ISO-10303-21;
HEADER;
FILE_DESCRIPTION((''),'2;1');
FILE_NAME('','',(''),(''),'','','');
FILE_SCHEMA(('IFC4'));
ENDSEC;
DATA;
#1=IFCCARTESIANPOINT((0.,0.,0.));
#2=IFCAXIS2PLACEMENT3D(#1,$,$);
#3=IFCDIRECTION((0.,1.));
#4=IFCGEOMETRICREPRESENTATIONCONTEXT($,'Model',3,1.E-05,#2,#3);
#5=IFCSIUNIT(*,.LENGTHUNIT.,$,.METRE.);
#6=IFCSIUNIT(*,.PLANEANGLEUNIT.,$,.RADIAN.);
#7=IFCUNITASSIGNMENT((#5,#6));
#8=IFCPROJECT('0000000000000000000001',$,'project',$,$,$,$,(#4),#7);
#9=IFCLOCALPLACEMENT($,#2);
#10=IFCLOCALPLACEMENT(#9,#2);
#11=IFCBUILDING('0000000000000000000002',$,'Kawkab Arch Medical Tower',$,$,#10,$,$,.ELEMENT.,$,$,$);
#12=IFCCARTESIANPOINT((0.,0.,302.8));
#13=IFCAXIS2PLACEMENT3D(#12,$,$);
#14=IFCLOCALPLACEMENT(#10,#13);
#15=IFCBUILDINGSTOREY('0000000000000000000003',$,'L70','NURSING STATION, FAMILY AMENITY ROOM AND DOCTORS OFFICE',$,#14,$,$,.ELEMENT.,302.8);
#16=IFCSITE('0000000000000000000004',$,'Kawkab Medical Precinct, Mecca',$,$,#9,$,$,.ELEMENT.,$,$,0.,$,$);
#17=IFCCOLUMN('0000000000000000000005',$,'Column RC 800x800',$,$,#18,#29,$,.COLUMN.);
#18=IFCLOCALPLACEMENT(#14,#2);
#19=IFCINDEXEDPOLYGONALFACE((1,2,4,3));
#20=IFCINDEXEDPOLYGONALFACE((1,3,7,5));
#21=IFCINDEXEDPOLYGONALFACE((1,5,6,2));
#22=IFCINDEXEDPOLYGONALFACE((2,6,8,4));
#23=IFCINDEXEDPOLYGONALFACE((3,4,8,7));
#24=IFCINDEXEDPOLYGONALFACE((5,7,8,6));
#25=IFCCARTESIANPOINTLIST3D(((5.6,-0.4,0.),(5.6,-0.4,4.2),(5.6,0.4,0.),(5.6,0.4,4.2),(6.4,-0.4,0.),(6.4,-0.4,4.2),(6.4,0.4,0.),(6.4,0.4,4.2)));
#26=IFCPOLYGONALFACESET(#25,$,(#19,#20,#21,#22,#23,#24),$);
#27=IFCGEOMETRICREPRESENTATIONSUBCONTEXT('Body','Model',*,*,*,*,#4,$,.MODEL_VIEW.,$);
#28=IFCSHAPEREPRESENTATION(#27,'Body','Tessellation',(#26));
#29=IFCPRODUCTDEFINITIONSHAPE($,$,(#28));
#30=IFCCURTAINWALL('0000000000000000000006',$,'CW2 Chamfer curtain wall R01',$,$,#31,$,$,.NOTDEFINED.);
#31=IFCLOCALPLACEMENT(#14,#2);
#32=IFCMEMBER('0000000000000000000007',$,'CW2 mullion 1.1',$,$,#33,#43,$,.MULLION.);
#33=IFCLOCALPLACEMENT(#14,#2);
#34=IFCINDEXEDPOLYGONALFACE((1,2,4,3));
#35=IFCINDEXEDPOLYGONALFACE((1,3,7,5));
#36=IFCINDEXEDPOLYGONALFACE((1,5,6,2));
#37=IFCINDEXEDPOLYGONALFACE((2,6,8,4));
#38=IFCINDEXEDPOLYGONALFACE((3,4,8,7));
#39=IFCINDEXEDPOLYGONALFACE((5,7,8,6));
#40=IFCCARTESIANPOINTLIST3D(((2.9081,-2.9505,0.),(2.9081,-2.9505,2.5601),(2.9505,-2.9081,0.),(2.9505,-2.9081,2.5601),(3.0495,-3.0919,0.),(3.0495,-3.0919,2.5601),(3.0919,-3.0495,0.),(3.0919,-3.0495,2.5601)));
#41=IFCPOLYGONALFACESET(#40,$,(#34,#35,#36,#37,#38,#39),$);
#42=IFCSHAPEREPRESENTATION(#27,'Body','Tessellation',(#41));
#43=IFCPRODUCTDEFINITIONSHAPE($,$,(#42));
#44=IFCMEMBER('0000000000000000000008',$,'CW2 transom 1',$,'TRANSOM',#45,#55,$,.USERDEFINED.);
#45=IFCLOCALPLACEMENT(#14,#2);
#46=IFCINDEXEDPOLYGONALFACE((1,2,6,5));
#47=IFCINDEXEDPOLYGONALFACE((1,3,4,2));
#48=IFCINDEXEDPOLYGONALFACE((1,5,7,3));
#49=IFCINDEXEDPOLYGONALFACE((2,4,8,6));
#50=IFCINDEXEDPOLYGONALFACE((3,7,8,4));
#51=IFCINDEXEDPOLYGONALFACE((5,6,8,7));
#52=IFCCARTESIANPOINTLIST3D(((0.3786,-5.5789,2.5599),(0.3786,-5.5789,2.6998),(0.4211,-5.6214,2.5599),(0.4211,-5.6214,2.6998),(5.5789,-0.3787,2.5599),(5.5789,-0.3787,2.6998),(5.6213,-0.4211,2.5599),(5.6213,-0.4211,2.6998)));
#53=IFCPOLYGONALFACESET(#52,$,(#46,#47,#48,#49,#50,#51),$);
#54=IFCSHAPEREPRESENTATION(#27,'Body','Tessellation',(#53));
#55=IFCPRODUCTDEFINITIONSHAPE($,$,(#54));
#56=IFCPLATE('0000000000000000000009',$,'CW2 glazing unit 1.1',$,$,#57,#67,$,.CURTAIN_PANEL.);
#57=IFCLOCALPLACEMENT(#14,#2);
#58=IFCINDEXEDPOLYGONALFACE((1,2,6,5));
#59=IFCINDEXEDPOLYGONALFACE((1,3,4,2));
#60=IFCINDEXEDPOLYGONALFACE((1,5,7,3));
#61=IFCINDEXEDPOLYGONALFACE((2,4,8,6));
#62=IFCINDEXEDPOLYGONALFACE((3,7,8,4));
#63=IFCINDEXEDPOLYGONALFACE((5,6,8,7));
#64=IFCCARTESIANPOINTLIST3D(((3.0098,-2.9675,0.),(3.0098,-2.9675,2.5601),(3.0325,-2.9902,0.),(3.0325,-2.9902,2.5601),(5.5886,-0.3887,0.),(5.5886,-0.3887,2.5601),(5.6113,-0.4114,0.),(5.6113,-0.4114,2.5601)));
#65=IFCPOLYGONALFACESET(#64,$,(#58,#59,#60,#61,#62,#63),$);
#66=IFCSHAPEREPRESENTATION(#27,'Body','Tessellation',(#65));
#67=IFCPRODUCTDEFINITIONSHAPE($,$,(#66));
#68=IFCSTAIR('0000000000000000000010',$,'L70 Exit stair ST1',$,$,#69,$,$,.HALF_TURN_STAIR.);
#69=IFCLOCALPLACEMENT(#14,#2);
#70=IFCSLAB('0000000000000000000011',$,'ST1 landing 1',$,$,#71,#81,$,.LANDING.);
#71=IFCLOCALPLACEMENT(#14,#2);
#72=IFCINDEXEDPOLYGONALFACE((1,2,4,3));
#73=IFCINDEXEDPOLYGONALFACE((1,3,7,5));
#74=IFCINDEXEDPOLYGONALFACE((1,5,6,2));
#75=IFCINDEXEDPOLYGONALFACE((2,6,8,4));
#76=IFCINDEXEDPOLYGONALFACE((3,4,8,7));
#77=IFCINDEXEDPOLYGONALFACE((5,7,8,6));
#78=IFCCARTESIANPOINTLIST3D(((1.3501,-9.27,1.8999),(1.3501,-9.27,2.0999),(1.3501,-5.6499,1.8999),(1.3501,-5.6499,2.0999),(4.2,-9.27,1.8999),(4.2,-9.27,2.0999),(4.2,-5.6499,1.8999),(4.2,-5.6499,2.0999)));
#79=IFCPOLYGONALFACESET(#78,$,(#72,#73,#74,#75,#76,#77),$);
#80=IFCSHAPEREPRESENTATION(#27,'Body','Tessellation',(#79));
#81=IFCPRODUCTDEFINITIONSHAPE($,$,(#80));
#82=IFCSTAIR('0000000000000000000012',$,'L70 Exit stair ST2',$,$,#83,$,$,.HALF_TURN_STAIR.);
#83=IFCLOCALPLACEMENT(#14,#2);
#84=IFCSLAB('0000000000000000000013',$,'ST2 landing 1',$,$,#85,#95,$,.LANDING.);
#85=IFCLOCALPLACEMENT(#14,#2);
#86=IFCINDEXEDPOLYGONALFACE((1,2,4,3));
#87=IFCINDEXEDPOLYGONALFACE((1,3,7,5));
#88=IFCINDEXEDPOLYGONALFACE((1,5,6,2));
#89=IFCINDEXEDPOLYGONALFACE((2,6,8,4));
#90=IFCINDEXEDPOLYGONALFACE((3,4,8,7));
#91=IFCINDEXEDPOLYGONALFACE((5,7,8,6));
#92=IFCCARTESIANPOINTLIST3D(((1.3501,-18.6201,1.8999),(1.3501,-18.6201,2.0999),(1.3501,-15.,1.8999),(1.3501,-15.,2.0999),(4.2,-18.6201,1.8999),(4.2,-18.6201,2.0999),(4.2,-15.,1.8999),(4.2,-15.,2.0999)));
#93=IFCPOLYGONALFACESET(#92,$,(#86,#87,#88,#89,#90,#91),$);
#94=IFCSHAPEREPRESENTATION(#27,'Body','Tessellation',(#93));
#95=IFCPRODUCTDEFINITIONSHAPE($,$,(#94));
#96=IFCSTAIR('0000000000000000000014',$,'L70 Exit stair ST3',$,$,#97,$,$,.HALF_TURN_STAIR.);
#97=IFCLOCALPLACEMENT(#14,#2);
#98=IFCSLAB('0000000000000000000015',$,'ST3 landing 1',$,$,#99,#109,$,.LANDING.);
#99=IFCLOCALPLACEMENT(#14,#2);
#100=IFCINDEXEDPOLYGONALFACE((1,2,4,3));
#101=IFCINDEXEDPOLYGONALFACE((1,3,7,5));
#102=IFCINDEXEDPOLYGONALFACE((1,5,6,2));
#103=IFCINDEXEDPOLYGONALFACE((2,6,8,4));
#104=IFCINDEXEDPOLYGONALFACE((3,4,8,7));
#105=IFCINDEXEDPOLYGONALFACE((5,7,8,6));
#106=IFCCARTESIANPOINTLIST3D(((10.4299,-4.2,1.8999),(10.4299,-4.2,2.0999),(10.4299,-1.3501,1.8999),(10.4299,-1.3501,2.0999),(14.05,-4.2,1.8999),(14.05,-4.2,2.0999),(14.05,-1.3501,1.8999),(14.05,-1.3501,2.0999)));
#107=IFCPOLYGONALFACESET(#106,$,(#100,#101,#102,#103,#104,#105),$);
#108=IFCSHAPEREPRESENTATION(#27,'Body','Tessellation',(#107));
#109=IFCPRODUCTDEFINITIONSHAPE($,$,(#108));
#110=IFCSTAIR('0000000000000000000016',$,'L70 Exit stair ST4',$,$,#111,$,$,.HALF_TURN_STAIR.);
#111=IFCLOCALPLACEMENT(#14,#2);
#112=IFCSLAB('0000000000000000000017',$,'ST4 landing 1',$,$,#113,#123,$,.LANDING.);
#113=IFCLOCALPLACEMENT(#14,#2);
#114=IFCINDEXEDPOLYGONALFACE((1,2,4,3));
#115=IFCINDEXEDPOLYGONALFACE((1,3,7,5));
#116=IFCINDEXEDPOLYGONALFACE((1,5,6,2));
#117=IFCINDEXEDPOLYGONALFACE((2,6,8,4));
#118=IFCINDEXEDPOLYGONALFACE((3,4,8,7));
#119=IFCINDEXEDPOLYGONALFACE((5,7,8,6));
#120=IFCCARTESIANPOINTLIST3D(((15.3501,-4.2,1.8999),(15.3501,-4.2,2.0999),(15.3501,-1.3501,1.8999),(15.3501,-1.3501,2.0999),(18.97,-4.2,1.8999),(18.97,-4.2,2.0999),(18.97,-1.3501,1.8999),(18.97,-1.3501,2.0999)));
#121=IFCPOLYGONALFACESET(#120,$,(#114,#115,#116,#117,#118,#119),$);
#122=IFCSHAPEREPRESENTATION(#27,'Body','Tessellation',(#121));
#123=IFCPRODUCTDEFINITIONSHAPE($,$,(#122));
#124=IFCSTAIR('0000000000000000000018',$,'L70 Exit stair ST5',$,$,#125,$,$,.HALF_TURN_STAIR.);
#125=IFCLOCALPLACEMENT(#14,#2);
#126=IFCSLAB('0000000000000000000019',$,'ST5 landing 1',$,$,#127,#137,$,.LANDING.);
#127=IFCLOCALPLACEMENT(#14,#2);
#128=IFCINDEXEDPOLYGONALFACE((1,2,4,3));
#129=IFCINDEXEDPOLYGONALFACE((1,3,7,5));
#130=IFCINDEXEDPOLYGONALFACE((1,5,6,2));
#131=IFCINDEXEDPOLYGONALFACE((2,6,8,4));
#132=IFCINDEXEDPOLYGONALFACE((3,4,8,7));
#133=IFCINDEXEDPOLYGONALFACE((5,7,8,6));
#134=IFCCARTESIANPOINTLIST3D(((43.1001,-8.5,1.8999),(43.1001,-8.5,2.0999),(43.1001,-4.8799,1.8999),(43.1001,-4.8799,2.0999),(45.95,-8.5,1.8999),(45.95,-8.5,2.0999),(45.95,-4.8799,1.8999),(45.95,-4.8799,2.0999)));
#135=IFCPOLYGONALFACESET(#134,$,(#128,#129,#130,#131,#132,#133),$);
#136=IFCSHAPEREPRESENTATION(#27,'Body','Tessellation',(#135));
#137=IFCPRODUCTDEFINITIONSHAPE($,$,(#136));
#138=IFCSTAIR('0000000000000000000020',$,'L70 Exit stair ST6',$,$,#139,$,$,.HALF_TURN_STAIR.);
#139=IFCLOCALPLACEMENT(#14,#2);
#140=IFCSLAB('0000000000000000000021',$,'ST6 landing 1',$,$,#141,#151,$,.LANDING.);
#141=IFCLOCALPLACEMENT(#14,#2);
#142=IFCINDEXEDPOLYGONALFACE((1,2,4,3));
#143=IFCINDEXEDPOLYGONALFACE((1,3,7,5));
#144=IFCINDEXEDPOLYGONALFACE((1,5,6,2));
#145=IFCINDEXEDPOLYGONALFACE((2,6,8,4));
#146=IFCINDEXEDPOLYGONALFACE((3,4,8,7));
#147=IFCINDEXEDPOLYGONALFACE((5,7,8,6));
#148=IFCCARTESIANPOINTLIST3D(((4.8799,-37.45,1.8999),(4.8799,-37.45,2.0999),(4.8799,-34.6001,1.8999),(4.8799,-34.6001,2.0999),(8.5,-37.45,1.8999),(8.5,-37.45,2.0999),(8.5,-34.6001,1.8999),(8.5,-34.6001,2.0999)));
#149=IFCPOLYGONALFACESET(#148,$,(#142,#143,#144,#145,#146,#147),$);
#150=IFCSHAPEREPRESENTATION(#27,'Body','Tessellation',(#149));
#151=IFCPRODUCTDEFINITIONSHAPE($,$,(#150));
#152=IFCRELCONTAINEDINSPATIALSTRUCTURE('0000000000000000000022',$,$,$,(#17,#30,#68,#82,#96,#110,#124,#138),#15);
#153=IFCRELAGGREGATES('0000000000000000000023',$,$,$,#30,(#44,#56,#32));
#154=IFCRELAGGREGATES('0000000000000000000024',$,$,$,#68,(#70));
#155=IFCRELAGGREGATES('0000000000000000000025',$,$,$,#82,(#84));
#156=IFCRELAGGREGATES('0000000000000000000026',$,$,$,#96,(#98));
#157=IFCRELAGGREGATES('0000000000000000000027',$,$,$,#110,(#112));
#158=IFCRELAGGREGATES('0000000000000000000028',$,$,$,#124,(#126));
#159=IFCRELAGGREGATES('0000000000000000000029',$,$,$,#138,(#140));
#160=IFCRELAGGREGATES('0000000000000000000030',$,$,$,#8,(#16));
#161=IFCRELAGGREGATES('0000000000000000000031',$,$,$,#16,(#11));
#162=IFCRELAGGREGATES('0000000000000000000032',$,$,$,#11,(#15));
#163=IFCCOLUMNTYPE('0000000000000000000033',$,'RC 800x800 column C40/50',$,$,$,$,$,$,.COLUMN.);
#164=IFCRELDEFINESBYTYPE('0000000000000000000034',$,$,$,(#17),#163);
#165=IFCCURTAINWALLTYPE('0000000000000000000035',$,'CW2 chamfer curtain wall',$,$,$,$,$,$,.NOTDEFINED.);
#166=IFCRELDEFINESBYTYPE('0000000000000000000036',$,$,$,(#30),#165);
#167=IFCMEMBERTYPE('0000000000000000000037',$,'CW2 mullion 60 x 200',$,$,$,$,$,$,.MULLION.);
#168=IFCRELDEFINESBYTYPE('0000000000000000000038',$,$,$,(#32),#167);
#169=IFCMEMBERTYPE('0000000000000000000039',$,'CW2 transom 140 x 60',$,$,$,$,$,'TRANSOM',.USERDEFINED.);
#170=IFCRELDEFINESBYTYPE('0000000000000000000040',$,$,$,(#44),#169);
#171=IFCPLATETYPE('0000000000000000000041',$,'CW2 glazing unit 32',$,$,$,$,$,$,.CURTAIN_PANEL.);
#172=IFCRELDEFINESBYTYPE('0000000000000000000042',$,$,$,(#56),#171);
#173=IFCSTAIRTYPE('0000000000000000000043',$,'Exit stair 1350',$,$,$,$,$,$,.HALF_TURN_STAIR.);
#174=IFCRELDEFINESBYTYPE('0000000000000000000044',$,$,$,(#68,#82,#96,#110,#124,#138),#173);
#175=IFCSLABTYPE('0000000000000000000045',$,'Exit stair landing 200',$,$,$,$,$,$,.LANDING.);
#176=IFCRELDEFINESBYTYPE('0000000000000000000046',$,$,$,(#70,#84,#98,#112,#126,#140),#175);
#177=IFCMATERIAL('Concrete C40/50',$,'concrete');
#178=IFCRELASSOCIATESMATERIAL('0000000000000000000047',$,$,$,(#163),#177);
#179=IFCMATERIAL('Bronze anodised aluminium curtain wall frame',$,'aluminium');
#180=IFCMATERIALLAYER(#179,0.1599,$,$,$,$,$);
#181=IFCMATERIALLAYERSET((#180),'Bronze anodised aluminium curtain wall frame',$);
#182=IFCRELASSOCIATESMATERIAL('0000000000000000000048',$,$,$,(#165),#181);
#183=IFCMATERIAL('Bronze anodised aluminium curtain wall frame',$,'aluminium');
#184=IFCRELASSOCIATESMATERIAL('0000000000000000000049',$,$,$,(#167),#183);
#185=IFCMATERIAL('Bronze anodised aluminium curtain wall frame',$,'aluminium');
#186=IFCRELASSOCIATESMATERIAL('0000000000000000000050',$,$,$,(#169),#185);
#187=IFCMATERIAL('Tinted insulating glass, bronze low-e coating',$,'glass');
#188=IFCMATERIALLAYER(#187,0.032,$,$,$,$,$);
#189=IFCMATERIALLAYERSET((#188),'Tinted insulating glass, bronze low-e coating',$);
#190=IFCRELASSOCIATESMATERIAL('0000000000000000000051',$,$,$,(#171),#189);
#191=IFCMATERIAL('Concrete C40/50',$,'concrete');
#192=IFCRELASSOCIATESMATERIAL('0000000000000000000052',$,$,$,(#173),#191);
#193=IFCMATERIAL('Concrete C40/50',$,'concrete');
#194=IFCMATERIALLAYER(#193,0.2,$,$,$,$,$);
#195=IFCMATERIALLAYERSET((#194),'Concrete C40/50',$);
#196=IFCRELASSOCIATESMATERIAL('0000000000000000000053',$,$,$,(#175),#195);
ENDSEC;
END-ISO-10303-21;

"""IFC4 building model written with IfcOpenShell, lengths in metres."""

from ifc_helpers import new_model, si_unit, direction, frame, origin, origin_2d, place, context, subcontext, project, spatial, polyline, rectangle, outline, extrude, material, layer, layer_set, material_profile, profile_set, type_object, element, aggregate, save


model = new_model("IFC4")

# Units and contexts
model_context = context("Model", 3, precision=1e-05, world=origin(), true_north=direction((0.0, 1.0)))
body_context = subcontext(model_context, "Body", "Model", "MODEL_VIEW")
ifc_project = project(units=[si_unit("LENGTHUNIT", "METRE"), si_unit("PLANEANGLEUNIT", "RADIAN")], contexts=[model_context])

# Site, building, storey
site_placement = place(None, origin())
site = spatial("IfcSite", under=ifc_project, at=site_placement, Name="Kawkab Medical Precinct, Mecca", CompositionType="ELEMENT", RefElevation=0.0)
building_placement = place(site_placement, origin())
building = spatial("IfcBuilding", under=site, at=building_placement, Name="Kawkab Arch Medical Tower", CompositionType="ELEMENT")
storey_placement = place(building_placement, frame((0.0, 0.0, 302.8)))
storey = spatial("IfcBuildingStorey", under=building, at=storey_placement, Name="L70", Description="NURSING STATION, FAMILY AMENITY ROOM AND DOCTORS OFFICE", CompositionType="ELEMENT", Elevation=302.8)

# Column
ifc_material_1 = material(Name="Concrete C40/50", Category="concrete")
ifc_material_profile_1 = material_profile(ifc_material_1, rectangle(XDim=0.8, YDim=0.8, at=origin_2d()), Name="RC 800x800")
ifc_profile_set_1 = profile_set([ifc_material_profile_1], Name="Concrete C40/50")
column_type = type_object("IfcColumnType", Name="RC 800x800 column C40/50", PredefinedType="COLUMN", material=ifc_profile_set_1)
column_placement = place(storey_placement, frame((6.0, 0.0, 0.0), z_axis=(0.0, 0.0, 1.0), x_axis=(1.0, 0.0, 0.0)))
element("IfcColumn", 1, at=column_placement, inside=storey, type_object=column_type, Name="Column RC 800x800", PredefinedType="COLUMN", context=body_context, shape_type="SweptSolid", body=[
    extrude(rectangle(XDim=0.8, YDim=0.8, at=origin_2d()), origin(), (0.0, 0.0, 1.0), 4.2),
])

# Curtain wall, members, plate
ifc_material_2 = material(Name="Bronze anodised aluminium curtain wall frame", Category="aluminium")
ifc_layer_1 = layer(ifc_material_2, 0.1599)
ifc_layer_set_1 = layer_set([ifc_layer_1], Name="Bronze anodised aluminium curtain wall frame")
curtain_wall_type = type_object("IfcCurtainWallType", Name="CW2 chamfer curtain wall", PredefinedType="NOTDEFINED", material=ifc_layer_set_1)
placement_1 = place(storey_placement, origin())
curtain_wall = element("IfcCurtainWall", 2, at=placement_1, inside=storey, type_object=curtain_wall_type, Name="CW2 Chamfer curtain wall R01", PredefinedType="NOTDEFINED")
ifc_material_3 = material(Name="Bronze anodised aluminium curtain wall frame", Category="aluminium")
ifc_material_profile_2 = material_profile(ifc_material_3, rectangle(XDim=0.2, YDim=0.0601, at=origin_2d()), Name="AL 60x200")
ifc_profile_set_2 = profile_set([ifc_material_profile_2], Name="Bronze anodised aluminium curtain wall frame")
member_type_1 = type_object("IfcMemberType", Name="CW2 mullion 60 x 200", PredefinedType="MULLION", material=ifc_profile_set_2)
member_1_placement = place(storey_placement, frame((3.0, -3.0, 0.0), z_axis=(0.0, 0.0, 1.0), x_axis=(0.707107, -0.707107, 0.0)))
member_1 = element("IfcMember", 3, at=member_1_placement, type_object=member_type_1, Name="CW2 mullion 1.1", PredefinedType="MULLION", context=body_context, shape_type="SweptSolid", body=[
    extrude(rectangle(XDim=0.2, YDim=0.0601, at=origin_2d()), origin(), (0.0, 0.0, 1.0), 2.5601),
])
ifc_material_4 = material(Name="Bronze anodised aluminium curtain wall frame", Category="aluminium")
ifc_material_profile_3 = material_profile(ifc_material_4, rectangle(XDim=0.0601, YDim=0.1399, at=origin_2d()), Name="AL 60x140")
ifc_profile_set_3 = profile_set([ifc_material_profile_3], Name="Bronze anodised aluminium curtain wall frame")
member_type_2 = type_object("IfcMemberType", Name="CW2 transom 140 x 60", ElementType="TRANSOM", PredefinedType="USERDEFINED", material=ifc_profile_set_3)
member_2_placement = place(storey_placement, frame((5.6001, -0.3999, 2.6299), z_axis=(-0.707107, -0.707107, 0.0), x_axis=(0.707107, -0.707107, 0.0)))
member_2 = element("IfcMember", 4, at=member_2_placement, type_object=member_type_2, Name="CW2 transom 1", ObjectType="TRANSOM", PredefinedType="USERDEFINED", context=body_context, shape_type="SweptSolid", body=[
    extrude(rectangle(XDim=0.0601, YDim=0.1399, at=origin_2d()), origin(), (0.0, 0.0, 1.0), 7.3542),
])
ifc_material_5 = material(Name="Tinted insulating glass, bronze low-e coating", Category="glass")
ifc_layer_2 = layer(ifc_material_5, 0.032)
ifc_layer_set_2 = layer_set([ifc_layer_2], Name="Tinted insulating glass, bronze low-e coating")
plate_type = type_object("IfcPlateType", Name="CW2 glazing unit 32", PredefinedType="CURTAIN_PANEL", material=ifc_layer_set_2)
plate_placement = place(storey_placement, frame((4.3105, -1.6895, 0.0), z_axis=(0.0, 0.0, 1.0), x_axis=(-0.707107, -0.707107, 0.0)))
plate = element("IfcPlate", 5, at=plate_placement, type_object=plate_type, Name="CW2 glazing unit 1.1", PredefinedType="CURTAIN_PANEL", context=body_context, shape_type="SweptSolid", body=[
    extrude(rectangle(XDim=3.647, YDim=0.032, at=origin_2d()), origin(), (0.0, 0.0, 1.0), 2.5601),
])
aggregate(curtain_wall, [member_2, plate, member_1])

# Stairs, slabs
ifc_material_6 = material(Name="Concrete C40/50", Category="concrete")
stair_type = type_object("IfcStairType", Name="Exit stair 1350", PredefinedType="HALF_TURN_STAIR", material=ifc_material_6)
stair_1 = element("IfcStair", 6, at=placement_1, inside=storey, type_object=stair_type, Name="L70 Exit stair ST1", PredefinedType="HALF_TURN_STAIR")
ifc_material_7 = material(Name="Concrete C40/50", Category="concrete")
ifc_layer_3 = layer(ifc_material_7, 0.2)
ifc_layer_set_3 = layer_set([ifc_layer_3], Name="Concrete C40/50")
slab_type_1 = type_object("IfcSlabType", Name="Exit stair landing 200", PredefinedType="LANDING", material=ifc_layer_set_3)
placement_2 = place(storey_placement, frame((0.0, 0.0, 1.8999)))
slab_1 = element("IfcSlab", 7, at=placement_2, type_object=slab_type_1, Name="ST1 landing 1", PredefinedType="LANDING", context=body_context, shape_type="SweptSolid", body=[
    extrude(outline(polyline([(4.2, -9.27), (4.2, -5.6499), (1.3501, -5.6499), (1.3501, -9.27), (4.2, -9.27)])), origin(), (0.0, 0.0, 1.0), 0.2),
])
aggregate(stair_1, [slab_1])
stair_2 = element("IfcStair", 8, at=placement_1, inside=storey, type_object=stair_type, Name="L70 Exit stair ST2", PredefinedType="HALF_TURN_STAIR")
slab_2 = element("IfcSlab", 9, at=placement_2, type_object=slab_type_1, Name="ST2 landing 1", PredefinedType="LANDING", context=body_context, shape_type="SweptSolid", body=[
    extrude(outline(polyline([(4.2, -18.6201), (4.2, -15.0), (1.3501, -15.0), (1.3501, -18.6201), (4.2, -18.6201)])), origin(), (0.0, 0.0, 1.0), 0.2),
])
aggregate(stair_2, [slab_2])
stair_3 = element("IfcStair", 10, at=placement_1, inside=storey, type_object=stair_type, Name="L70 Exit stair ST3", PredefinedType="HALF_TURN_STAIR")
slab_3 = element("IfcSlab", 11, at=placement_2, type_object=slab_type_1, Name="ST3 landing 1", PredefinedType="LANDING", context=body_context, shape_type="SweptSolid", body=[
    extrude(outline(polyline([(10.4299, -4.2), (14.05, -4.2), (14.05, -1.3501), (10.4299, -1.3501), (10.4299, -4.2)])), origin(), (0.0, 0.0, 1.0), 0.2),
])
aggregate(stair_3, [slab_3])
stair_4 = element("IfcStair", 12, at=placement_1, inside=storey, type_object=stair_type, Name="L70 Exit stair ST4", PredefinedType="HALF_TURN_STAIR")
slab_4 = element("IfcSlab", 13, at=placement_2, type_object=slab_type_1, Name="ST4 landing 1", PredefinedType="LANDING", context=body_context, shape_type="SweptSolid", body=[
    extrude(outline(polyline([(18.97, -1.3501), (15.3501, -1.3501), (15.3501, -4.2), (18.97, -4.2), (18.97, -1.3501)])), origin(), (0.0, 0.0, 1.0), 0.2),
])
aggregate(stair_4, [slab_4])
stair_5 = element("IfcStair", 14, at=placement_1, inside=storey, type_object=stair_type, Name="L70 Exit stair ST5", PredefinedType="HALF_TURN_STAIR")
slab_5 = element("IfcSlab", 15, at=placement_2, type_object=slab_type_1, Name="ST5 landing 1", PredefinedType="LANDING", context=body_context, shape_type="SweptSolid", body=[
    extrude(outline(polyline([(43.1001, -4.8799), (43.1001, -8.5), (45.95, -8.5), (45.95, -4.8799), (43.1001, -4.8799)])), origin(), (0.0, 0.0, 1.0), 0.2),
])
aggregate(stair_5, [slab_5])
stair_6 = element("IfcStair", 16, at=placement_1, inside=storey, type_object=stair_type, Name="L70 Exit stair ST6", PredefinedType="HALF_TURN_STAIR")
slab_6 = element("IfcSlab", 17, at=placement_2, type_object=slab_type_1, Name="ST6 landing 1", PredefinedType="LANDING", context=body_context, shape_type="SweptSolid", body=[
    extrude(outline(polyline([(4.8799, -37.45), (8.5, -37.45), (8.5, -34.6001), (4.8799, -34.6001), (4.8799, -37.45)])), origin(), (0.0, 0.0, 1.0), 0.2),
])
aggregate(stair_6, [slab_6])

save(model, "model.ifc")
